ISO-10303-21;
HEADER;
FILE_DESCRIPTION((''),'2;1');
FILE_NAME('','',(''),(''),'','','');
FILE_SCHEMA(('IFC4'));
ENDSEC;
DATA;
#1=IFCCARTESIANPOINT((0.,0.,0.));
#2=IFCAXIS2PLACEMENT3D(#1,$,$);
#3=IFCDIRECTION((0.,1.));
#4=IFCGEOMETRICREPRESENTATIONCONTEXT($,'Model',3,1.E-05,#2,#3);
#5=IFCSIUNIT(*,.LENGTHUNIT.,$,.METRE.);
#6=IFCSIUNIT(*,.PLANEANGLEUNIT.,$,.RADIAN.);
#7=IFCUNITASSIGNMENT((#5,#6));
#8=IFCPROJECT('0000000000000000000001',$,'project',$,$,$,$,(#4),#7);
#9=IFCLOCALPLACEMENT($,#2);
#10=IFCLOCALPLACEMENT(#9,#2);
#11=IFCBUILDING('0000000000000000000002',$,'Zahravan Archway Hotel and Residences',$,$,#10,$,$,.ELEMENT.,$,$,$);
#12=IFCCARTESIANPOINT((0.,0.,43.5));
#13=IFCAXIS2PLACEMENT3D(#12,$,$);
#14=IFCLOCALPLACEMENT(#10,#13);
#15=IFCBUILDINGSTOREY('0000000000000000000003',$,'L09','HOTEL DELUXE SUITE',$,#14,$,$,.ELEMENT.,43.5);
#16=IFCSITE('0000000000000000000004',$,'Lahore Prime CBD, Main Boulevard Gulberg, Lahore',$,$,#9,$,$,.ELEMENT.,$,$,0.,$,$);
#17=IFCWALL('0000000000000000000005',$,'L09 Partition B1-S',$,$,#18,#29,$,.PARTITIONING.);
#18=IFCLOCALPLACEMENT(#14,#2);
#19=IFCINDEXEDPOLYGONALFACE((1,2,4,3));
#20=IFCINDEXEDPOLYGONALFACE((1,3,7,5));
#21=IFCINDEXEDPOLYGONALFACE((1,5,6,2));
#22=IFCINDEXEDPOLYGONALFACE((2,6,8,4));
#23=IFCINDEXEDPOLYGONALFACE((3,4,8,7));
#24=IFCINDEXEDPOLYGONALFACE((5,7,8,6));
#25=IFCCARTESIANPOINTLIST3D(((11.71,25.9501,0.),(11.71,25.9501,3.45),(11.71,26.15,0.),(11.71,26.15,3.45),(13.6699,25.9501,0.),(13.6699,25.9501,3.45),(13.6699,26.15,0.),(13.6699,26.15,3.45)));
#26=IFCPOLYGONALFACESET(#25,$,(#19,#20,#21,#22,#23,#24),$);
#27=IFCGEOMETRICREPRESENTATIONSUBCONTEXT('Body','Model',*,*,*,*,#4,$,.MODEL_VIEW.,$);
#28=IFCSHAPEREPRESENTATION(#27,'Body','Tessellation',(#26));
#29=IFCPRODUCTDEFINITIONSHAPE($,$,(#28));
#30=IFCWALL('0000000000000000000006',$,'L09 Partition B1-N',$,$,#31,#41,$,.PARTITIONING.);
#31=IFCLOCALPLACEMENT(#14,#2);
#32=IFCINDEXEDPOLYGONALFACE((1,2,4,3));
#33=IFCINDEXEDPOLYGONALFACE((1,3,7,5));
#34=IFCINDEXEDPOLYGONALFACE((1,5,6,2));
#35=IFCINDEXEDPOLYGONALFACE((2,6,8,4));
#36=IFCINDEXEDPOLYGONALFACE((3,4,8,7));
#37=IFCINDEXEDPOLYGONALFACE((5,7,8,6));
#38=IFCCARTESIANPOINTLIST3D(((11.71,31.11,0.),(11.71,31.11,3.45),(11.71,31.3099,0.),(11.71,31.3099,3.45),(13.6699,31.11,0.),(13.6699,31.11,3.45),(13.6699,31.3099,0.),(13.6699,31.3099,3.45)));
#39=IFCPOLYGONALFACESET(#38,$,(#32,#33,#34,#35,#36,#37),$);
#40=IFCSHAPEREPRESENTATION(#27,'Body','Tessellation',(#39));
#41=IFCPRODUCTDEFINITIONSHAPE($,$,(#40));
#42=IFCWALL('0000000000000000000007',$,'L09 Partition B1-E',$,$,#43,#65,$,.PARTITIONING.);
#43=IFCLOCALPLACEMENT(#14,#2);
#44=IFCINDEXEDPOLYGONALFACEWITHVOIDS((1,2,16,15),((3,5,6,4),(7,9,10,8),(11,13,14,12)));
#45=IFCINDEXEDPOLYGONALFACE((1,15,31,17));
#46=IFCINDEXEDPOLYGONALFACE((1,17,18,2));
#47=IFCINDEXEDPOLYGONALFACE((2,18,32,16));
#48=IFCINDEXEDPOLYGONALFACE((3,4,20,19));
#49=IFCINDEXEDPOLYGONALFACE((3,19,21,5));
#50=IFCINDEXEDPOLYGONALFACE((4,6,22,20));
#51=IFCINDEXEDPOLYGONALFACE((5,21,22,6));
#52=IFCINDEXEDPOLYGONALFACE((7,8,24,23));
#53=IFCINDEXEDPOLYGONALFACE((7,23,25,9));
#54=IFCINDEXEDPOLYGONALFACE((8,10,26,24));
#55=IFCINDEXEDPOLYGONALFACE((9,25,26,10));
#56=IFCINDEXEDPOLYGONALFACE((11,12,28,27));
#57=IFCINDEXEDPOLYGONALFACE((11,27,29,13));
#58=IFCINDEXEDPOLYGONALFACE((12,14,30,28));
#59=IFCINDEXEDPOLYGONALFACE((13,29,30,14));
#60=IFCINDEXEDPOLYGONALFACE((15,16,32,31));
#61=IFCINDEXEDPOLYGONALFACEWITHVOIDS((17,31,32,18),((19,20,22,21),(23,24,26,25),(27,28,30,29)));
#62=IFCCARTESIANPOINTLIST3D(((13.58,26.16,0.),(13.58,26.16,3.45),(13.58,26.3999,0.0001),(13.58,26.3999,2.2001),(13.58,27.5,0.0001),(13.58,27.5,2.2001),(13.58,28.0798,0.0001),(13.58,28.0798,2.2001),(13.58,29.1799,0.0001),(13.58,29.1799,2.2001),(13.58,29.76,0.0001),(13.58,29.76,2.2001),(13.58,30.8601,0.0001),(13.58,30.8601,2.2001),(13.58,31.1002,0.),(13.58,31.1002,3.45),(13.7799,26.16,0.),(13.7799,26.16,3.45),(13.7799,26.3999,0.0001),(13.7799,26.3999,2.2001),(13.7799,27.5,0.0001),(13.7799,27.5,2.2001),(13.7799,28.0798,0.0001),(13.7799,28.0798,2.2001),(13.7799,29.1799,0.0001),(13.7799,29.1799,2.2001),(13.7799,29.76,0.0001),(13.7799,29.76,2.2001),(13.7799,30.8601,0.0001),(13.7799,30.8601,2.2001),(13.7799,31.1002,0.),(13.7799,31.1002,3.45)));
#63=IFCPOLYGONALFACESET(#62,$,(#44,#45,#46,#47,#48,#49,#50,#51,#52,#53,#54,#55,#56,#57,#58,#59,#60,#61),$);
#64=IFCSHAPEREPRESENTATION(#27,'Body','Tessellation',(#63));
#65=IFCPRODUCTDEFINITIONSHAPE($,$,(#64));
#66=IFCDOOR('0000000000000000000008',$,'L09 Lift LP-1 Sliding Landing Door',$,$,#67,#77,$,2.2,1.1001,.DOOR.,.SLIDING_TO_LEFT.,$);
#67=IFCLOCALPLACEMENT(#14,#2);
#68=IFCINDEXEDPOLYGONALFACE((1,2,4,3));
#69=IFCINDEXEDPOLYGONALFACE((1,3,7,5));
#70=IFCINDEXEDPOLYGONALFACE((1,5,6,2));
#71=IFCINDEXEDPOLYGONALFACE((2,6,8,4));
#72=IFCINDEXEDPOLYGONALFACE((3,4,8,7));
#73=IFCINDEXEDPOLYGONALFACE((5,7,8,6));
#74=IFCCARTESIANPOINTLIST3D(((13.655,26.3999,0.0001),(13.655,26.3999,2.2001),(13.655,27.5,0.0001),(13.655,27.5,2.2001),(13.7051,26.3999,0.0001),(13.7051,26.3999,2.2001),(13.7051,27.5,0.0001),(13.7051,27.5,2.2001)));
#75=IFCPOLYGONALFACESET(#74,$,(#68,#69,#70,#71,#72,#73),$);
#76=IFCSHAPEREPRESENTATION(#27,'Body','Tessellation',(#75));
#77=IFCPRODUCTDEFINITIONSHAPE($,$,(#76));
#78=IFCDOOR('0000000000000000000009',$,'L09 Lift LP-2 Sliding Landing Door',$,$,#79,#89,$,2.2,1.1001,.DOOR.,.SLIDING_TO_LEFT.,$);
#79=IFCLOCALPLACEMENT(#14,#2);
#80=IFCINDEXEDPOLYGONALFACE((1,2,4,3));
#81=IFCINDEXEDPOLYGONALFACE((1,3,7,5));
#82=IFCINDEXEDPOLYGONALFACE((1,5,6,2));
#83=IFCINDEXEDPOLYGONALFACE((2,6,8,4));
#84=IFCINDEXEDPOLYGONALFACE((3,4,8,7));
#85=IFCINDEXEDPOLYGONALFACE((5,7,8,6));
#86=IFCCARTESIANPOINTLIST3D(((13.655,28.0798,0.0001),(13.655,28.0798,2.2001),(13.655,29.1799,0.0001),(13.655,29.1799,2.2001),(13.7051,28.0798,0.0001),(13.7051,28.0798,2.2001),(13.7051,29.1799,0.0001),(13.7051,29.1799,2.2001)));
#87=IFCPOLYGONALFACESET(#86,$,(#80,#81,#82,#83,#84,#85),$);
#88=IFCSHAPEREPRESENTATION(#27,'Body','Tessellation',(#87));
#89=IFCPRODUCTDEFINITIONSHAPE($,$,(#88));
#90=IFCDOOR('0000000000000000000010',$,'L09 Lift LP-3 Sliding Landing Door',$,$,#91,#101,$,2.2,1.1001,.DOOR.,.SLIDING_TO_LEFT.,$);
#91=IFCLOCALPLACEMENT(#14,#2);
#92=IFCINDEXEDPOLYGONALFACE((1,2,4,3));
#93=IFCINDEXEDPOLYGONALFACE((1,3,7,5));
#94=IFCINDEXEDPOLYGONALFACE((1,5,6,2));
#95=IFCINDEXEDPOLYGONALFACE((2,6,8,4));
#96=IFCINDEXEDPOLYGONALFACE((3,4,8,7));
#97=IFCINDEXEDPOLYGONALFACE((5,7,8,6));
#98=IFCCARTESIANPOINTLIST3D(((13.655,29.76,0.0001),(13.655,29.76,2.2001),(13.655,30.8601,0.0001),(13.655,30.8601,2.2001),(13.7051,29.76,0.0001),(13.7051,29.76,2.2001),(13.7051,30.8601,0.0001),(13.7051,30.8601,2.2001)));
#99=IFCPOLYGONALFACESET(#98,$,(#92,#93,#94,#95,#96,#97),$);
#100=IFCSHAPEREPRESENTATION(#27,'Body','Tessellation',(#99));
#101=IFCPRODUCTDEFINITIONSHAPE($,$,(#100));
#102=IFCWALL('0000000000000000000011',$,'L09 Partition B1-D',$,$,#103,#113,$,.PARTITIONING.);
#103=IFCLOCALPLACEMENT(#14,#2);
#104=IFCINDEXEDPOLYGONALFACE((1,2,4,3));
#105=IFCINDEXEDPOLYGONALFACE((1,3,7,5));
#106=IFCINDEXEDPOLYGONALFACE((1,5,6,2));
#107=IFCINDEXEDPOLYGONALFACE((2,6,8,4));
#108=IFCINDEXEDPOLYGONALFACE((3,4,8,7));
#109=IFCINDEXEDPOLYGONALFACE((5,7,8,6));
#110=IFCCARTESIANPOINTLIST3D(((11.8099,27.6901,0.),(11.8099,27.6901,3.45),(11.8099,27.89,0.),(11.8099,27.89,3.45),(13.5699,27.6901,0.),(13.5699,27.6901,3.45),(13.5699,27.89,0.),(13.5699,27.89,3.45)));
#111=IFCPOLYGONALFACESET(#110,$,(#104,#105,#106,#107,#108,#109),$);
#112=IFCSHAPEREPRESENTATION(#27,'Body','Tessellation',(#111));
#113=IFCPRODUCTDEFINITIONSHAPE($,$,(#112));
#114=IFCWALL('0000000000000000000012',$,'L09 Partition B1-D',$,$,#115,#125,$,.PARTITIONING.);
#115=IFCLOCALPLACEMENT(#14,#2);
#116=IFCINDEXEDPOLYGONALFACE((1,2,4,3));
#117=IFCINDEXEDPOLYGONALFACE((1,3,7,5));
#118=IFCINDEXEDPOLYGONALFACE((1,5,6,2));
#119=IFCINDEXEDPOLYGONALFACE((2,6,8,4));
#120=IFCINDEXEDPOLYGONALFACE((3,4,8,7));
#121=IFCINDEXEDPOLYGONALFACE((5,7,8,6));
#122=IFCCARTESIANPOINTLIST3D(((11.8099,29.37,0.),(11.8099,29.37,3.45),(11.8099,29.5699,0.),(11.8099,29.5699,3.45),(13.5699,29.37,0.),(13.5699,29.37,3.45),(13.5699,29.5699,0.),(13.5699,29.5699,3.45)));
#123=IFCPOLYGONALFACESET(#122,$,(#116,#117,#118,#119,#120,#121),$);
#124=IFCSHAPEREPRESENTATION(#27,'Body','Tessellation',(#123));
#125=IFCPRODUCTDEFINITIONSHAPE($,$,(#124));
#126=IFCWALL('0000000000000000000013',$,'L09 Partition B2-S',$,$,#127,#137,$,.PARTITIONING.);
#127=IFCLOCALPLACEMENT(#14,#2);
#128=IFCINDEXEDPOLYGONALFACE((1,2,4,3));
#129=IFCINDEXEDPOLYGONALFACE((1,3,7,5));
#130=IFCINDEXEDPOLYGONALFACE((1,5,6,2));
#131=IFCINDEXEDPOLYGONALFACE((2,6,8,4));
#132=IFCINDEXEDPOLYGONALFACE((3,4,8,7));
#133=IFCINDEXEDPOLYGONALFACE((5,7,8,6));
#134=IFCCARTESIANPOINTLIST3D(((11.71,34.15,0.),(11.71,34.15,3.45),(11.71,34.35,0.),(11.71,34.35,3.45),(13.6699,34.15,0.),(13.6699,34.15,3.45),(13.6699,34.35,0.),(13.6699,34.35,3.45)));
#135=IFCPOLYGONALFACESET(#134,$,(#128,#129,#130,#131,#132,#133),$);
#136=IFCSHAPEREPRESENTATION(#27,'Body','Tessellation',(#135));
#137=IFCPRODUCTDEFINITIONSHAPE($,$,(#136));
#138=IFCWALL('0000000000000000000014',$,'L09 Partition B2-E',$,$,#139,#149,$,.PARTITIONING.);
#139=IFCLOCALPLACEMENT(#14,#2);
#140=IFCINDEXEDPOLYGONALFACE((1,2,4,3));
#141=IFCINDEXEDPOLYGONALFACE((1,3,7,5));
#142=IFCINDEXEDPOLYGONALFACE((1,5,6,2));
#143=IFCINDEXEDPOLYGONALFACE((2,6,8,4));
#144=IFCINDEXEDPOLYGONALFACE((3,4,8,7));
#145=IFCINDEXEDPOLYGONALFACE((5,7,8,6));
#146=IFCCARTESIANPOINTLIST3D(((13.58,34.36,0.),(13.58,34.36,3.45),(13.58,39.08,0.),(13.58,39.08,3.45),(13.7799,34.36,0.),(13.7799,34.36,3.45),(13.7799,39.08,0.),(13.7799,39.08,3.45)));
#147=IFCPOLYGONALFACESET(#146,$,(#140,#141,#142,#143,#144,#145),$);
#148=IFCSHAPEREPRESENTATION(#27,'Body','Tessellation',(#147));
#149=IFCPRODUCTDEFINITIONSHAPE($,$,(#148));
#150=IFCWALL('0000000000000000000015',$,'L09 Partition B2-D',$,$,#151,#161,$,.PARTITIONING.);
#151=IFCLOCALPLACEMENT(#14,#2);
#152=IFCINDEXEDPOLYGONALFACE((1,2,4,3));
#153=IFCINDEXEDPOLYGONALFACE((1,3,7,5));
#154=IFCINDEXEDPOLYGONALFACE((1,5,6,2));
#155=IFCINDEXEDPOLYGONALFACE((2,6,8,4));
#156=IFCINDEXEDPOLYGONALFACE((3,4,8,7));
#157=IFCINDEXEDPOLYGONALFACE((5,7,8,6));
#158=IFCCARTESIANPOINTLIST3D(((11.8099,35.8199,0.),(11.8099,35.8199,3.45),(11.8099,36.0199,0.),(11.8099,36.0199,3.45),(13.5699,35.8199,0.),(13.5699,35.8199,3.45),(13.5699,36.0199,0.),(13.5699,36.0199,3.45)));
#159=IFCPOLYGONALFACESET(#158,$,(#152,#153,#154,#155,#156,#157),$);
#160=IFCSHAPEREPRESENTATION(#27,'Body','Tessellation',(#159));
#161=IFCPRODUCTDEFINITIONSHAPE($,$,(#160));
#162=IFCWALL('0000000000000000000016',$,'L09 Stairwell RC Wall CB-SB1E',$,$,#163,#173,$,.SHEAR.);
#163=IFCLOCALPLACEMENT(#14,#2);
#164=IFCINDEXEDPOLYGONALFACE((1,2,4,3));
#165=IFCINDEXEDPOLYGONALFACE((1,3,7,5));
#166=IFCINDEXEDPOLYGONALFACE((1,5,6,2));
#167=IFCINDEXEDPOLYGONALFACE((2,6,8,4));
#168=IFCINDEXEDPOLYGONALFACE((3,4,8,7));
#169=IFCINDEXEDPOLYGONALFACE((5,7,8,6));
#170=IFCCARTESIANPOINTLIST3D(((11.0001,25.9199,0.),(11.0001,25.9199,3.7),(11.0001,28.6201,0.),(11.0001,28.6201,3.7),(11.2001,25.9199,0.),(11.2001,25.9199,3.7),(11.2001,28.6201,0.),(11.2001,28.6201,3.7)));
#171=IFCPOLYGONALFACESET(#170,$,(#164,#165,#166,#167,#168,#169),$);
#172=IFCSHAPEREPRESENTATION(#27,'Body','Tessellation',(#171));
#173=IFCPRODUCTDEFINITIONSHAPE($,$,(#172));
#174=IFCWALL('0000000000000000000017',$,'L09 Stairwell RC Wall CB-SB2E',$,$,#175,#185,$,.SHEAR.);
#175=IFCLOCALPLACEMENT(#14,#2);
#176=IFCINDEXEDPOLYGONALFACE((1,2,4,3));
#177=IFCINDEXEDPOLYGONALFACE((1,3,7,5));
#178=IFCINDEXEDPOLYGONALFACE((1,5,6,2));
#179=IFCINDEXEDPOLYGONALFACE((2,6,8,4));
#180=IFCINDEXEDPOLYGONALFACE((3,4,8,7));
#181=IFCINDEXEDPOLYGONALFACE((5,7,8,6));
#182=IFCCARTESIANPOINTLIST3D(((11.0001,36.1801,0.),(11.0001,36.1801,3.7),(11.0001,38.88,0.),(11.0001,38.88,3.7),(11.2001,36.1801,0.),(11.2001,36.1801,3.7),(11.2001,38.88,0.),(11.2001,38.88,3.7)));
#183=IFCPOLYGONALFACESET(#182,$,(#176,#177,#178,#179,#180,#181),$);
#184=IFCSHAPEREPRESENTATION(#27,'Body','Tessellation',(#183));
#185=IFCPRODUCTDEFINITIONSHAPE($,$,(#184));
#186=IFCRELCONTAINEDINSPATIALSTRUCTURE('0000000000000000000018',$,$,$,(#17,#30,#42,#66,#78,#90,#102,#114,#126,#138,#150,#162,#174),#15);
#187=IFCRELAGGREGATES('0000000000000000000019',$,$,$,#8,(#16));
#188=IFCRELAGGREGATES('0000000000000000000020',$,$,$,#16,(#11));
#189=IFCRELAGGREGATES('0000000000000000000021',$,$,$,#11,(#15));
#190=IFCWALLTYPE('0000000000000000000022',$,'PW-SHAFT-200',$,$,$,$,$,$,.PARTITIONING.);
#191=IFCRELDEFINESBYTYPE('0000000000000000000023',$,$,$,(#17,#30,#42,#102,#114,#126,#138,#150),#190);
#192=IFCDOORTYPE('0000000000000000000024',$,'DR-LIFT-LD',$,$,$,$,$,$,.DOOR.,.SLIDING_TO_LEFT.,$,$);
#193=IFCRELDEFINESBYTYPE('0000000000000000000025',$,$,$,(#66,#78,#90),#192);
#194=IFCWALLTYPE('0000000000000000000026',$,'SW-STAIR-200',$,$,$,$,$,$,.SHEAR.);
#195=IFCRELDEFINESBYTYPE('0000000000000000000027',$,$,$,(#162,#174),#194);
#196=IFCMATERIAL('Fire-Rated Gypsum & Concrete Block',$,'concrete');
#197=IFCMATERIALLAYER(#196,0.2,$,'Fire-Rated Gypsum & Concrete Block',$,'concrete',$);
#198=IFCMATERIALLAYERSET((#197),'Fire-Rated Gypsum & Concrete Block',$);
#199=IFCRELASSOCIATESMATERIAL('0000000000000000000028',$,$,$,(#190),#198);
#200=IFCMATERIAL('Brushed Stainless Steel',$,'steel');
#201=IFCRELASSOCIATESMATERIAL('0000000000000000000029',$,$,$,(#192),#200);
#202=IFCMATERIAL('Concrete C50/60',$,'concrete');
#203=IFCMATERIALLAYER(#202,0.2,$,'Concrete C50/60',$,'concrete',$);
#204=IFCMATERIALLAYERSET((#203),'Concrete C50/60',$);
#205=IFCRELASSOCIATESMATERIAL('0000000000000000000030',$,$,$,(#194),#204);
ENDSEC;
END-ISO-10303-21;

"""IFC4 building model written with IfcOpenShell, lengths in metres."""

from ifc_helpers import new_model, si_unit, direction, frame, frame_2d, origin, place, context, subcontext, project, spatial, rectangle, extrude, source, transform, mapped, material, layer, layer_set, type_object, type_shapes, element, fill, save


model = new_model("IFC4")

# Units and contexts
model_context = context("Model", 3, precision=1e-05, world=origin(), true_north=direction((0.0, 1.0)))
body_context = subcontext(model_context, "Body", "Model", "MODEL_VIEW")
ifc_project = project(units=[si_unit("LENGTHUNIT", "METRE"), si_unit("PLANEANGLEUNIT", "RADIAN")], contexts=[model_context])

# Site, building, storey
site_placement = place(None, origin())
site = spatial("IfcSite", under=ifc_project, at=site_placement, Name="Lahore Prime CBD, Main Boulevard Gulberg, Lahore", CompositionType="ELEMENT", RefElevation=0.0)
building_placement = place(site_placement, origin())
building = spatial("IfcBuilding", under=site, at=building_placement, Name="Zahravan Archway Hotel and Residences", CompositionType="ELEMENT")
storey_placement = place(building_placement, frame((0.0, 0.0, 43.5)))
storey = spatial("IfcBuildingStorey", under=building, at=storey_placement, Name="L09", Description="HOTEL DELUXE SUITE", CompositionType="ELEMENT", Elevation=43.5)

# Walls
ifc_material_1 = material(Name="Fire-Rated Gypsum & Concrete Block", Category="concrete")
ifc_layer_1 = layer(ifc_material_1, 0.2, Name="Fire-Rated Gypsum & Concrete Block", Category="concrete")
ifc_layer_set_1 = layer_set([ifc_layer_1], Name="Fire-Rated Gypsum & Concrete Block")
wall_type_1 = type_object("IfcWallType", Name="PW-SHAFT-200", PredefinedType="PARTITIONING", material=ifc_layer_set_1)
for number, where, z_axis, x_axis, name in (
    (1, (11.71, 26.05, 0.0), (0.0, 0.0, 1.0), (1.0, 0.0, 0.0), "L09 Partition B1-S"),
    (2, (11.71, 31.21, 0.0), (0.0, 0.0, 1.0), (1.0, 0.0, 0.0), "L09 Partition B1-N"),
):
    element("IfcWall", number, at=place(storey_placement, frame(where, z_axis=z_axis, x_axis=x_axis)), inside=storey, type_object=wall_type_1, Name=name, PredefinedType="PARTITIONING", context=body_context, shape_type="SweptSolid", body=[
        extrude(rectangle(XDim=1.96, YDim=0.2, at=frame_2d((0.98, 0.0))), origin(), (0.0, 0.0, 1.0), 3.45),
    ])

# Wall, openings, doors
wall_1_placement = place(storey_placement, frame((13.6799, 26.1599, 0.0), z_axis=(0.0, 0.0, 1.0), x_axis=(0.0, 1.0, 0.0)))
wall_1 = element("IfcWall", 3, at=wall_1_placement, inside=storey, type_object=wall_type_1, Name="L09 Partition B1-E", PredefinedType="PARTITIONING", context=body_context, shape_type="SweptSolid", body=[
    extrude(rectangle(XDim=4.9402, YDim=0.2, at=frame_2d((2.4702, 0.0))), origin(), (0.0, 0.0, 1.0), 3.45),
])
opening_1_placement = place(wall_1_placement, frame((0.24, 0.0, 0.0)))
opening_1 = element("IfcOpeningElement", 4, at=opening_1_placement, cuts=wall_1, PredefinedType="OPENING", context=body_context, shape_type="SweptSolid", body=[
    extrude(rectangle(XDim=1.1001, YDim=2.2, at=frame_2d((0.55, 1.1001))), frame((0.0, 0.1099, 0.0), z_axis=(0.0, -1.0, 0.0), x_axis=(1.0, 0.0, 0.0)), (0.0, 0.0, 1.0), 0.22),
])
opening_2_placement = place(wall_1_placement, frame((1.9199, 0.0, 0.0)))
opening_2 = element("IfcOpeningElement", 5, at=opening_2_placement, cuts=wall_1, PredefinedType="OPENING", context=body_context, shape_type="SweptSolid", body=[
    extrude(rectangle(XDim=1.1001, YDim=2.2, at=frame_2d((0.55, 1.1001))), frame((0.0, 0.1099, 0.0), z_axis=(0.0, -1.0, 0.0), x_axis=(1.0, 0.0, 0.0)), (0.0, 0.0, 1.0), 0.22),
])
opening_3_placement = place(wall_1_placement, frame((3.6001, 0.0, 0.0)))
opening_3 = element("IfcOpeningElement", 6, at=opening_3_placement, cuts=wall_1, PredefinedType="OPENING", context=body_context, shape_type="SweptSolid", body=[
    extrude(rectangle(XDim=1.1001, YDim=2.2, at=frame_2d((0.55, 1.1001))), frame((0.0, 0.1099, 0.0), z_axis=(0.0, -1.0, 0.0), x_axis=(1.0, 0.0, 0.0)), (0.0, 0.0, 1.0), 0.22),
])
ifc_material_2 = material(Name="Brushed Stainless Steel", Category="steel")
door_type = type_object("IfcDoorType", Name="DR-LIFT-LD", OperationType="SLIDING_TO_LEFT", PredefinedType="DOOR", material=ifc_material_2)
shared_shape_1 = source(origin(), body_context, "Body", "SweptSolid", [
    extrude(rectangle(XDim=1.1001, YDim=2.2, at=frame_2d((0.55, 1.1001))), frame((0.0, 0.0249, 0.0), z_axis=(0.0, -1.0, 0.0), x_axis=(1.0, 0.0, 0.0)), (0.0, 0.0, 1.0), 0.05),
])
type_shapes(door_type, [shared_shape_1])
door_1_placement = place(opening_1_placement, origin())
door_1 = element("IfcDoor", 7, at=door_1_placement, inside=storey, type_object=door_type, Name="L09 Lift LP-1 Sliding Landing Door", OperationType="SLIDING_TO_LEFT", OverallHeight=2.2, OverallWidth=1.1001, PredefinedType="DOOR", context=body_context, shape_type="MappedRepresentation", body=[
    mapped(shared_shape_1, transform((0.0, 0.0, 0.0), scale=1.0)),
])
fill(opening_1, door_1)
door_2_placement = place(opening_2_placement, origin())
door_2 = element("IfcDoor", 8, at=door_2_placement, inside=storey, type_object=door_type, Name="L09 Lift LP-2 Sliding Landing Door", OperationType="SLIDING_TO_LEFT", OverallHeight=2.2, OverallWidth=1.1001, PredefinedType="DOOR", context=body_context, shape_type="MappedRepresentation", body=[
    mapped(shared_shape_1, transform((0.0, 0.0, 0.0), scale=1.0)),
])
fill(opening_2, door_2)
door_3_placement = place(opening_3_placement, origin())
door_3 = element("IfcDoor", 9, at=door_3_placement, inside=storey, type_object=door_type, Name="L09 Lift LP-3 Sliding Landing Door", OperationType="SLIDING_TO_LEFT", OverallHeight=2.2, OverallWidth=1.1001, PredefinedType="DOOR", context=body_context, shape_type="MappedRepresentation", body=[
    mapped(shared_shape_1, transform((0.0, 0.0, 0.0), scale=1.0)),
])
fill(opening_3, door_3)

# Walls
for number, where, z_axis, x_axis, name in (
    (10, (11.8101, 27.79, 0.0), (0.0, 0.0, 1.0), (1.0, 0.0, 0.0), "L09 Partition B1-D"),
    (11, (11.8101, 29.47, 0.0), (0.0, 0.0, 1.0), (1.0, 0.0, 0.0), "L09 Partition B1-D"),
):
    element("IfcWall", number, at=place(storey_placement, frame(where, z_axis=z_axis, x_axis=x_axis)), inside=storey, type_object=wall_type_1, Name=name, PredefinedType="PARTITIONING", context=body_context, shape_type="SweptSolid", body=[
        extrude(rectangle(XDim=1.76, YDim=0.2, at=frame_2d((0.8799, 0.0))), origin(), (0.0, 0.0, 1.0), 3.45),
    ])
wall_2_placement = place(storey_placement, frame((11.71, 34.25, 0.0), z_axis=(0.0, 0.0, 1.0), x_axis=(1.0, 0.0, 0.0)))
element("IfcWall", 12, at=wall_2_placement, inside=storey, type_object=wall_type_1, Name="L09 Partition B2-S", PredefinedType="PARTITIONING", context=body_context, shape_type="SweptSolid", body=[
    extrude(rectangle(XDim=1.96, YDim=0.2, at=frame_2d((0.98, 0.0))), origin(), (0.0, 0.0, 1.0), 3.45),
])
wall_3_placement = place(storey_placement, frame((13.6799, 34.3601, 0.0), z_axis=(0.0, 0.0, 1.0), x_axis=(0.0, 1.0, 0.0)))
element("IfcWall", 13, at=wall_3_placement, inside=storey, type_object=wall_type_1, Name="L09 Partition B2-E", PredefinedType="PARTITIONING", context=body_context, shape_type="SweptSolid", body=[
    extrude(rectangle(XDim=4.72, YDim=0.2, at=frame_2d((2.3599, 0.0))), origin(), (0.0, 0.0, 1.0), 3.45),
])
wall_4_placement = place(storey_placement, frame((11.8101, 35.9199, 0.0), z_axis=(0.0, 0.0, 1.0), x_axis=(1.0, 0.0, 0.0)))
element("IfcWall", 14, at=wall_4_placement, inside=storey, type_object=wall_type_1, Name="L09 Partition B2-D", PredefinedType="PARTITIONING", context=body_context, shape_type="SweptSolid", body=[
    extrude(rectangle(XDim=1.76, YDim=0.2, at=frame_2d((0.8799, 0.0))), origin(), (0.0, 0.0, 1.0), 3.45),
])
ifc_material_3 = material(Name="Concrete C50/60", Category="concrete")
ifc_layer_2 = layer(ifc_material_3, 0.2, Name="Concrete C50/60", Category="concrete")
ifc_layer_set_2 = layer_set([ifc_layer_2], Name="Concrete C50/60")
wall_type_2 = type_object("IfcWallType", Name="SW-STAIR-200", PredefinedType="SHEAR", material=ifc_layer_set_2)
wall_5_placement = place(storey_placement, frame((11.1001, 25.9199, 0.0), z_axis=(0.0, 0.0, 1.0), x_axis=(0.0, 1.0, 0.0)))
element("IfcWall", 15, at=wall_5_placement, inside=storey, type_object=wall_type_2, Name="L09 Stairwell RC Wall CB-SB1E", PredefinedType="SHEAR", context=body_context, shape_type="SweptSolid", body=[
    extrude(rectangle(XDim=2.7002, YDim=0.2, at=frame_2d((1.3501, 0.0))), origin(), (0.0, 0.0, 1.0), 3.7),
])
wall_6_placement = place(storey_placement, frame((11.1001, 36.1799, 0.0), z_axis=(0.0, 0.0, 1.0), x_axis=(0.0, 1.0, 0.0)))
element("IfcWall", 16, at=wall_6_placement, inside=storey, type_object=wall_type_2, Name="L09 Stairwell RC Wall CB-SB2E", PredefinedType="SHEAR", context=body_context, shape_type="SweptSolid", body=[
    extrude(rectangle(XDim=2.7, YDim=0.2, at=frame_2d((1.3501, 0.0))), origin(), (0.0, 0.0, 1.0), 3.7),
])

save(model, "model.ifc")
